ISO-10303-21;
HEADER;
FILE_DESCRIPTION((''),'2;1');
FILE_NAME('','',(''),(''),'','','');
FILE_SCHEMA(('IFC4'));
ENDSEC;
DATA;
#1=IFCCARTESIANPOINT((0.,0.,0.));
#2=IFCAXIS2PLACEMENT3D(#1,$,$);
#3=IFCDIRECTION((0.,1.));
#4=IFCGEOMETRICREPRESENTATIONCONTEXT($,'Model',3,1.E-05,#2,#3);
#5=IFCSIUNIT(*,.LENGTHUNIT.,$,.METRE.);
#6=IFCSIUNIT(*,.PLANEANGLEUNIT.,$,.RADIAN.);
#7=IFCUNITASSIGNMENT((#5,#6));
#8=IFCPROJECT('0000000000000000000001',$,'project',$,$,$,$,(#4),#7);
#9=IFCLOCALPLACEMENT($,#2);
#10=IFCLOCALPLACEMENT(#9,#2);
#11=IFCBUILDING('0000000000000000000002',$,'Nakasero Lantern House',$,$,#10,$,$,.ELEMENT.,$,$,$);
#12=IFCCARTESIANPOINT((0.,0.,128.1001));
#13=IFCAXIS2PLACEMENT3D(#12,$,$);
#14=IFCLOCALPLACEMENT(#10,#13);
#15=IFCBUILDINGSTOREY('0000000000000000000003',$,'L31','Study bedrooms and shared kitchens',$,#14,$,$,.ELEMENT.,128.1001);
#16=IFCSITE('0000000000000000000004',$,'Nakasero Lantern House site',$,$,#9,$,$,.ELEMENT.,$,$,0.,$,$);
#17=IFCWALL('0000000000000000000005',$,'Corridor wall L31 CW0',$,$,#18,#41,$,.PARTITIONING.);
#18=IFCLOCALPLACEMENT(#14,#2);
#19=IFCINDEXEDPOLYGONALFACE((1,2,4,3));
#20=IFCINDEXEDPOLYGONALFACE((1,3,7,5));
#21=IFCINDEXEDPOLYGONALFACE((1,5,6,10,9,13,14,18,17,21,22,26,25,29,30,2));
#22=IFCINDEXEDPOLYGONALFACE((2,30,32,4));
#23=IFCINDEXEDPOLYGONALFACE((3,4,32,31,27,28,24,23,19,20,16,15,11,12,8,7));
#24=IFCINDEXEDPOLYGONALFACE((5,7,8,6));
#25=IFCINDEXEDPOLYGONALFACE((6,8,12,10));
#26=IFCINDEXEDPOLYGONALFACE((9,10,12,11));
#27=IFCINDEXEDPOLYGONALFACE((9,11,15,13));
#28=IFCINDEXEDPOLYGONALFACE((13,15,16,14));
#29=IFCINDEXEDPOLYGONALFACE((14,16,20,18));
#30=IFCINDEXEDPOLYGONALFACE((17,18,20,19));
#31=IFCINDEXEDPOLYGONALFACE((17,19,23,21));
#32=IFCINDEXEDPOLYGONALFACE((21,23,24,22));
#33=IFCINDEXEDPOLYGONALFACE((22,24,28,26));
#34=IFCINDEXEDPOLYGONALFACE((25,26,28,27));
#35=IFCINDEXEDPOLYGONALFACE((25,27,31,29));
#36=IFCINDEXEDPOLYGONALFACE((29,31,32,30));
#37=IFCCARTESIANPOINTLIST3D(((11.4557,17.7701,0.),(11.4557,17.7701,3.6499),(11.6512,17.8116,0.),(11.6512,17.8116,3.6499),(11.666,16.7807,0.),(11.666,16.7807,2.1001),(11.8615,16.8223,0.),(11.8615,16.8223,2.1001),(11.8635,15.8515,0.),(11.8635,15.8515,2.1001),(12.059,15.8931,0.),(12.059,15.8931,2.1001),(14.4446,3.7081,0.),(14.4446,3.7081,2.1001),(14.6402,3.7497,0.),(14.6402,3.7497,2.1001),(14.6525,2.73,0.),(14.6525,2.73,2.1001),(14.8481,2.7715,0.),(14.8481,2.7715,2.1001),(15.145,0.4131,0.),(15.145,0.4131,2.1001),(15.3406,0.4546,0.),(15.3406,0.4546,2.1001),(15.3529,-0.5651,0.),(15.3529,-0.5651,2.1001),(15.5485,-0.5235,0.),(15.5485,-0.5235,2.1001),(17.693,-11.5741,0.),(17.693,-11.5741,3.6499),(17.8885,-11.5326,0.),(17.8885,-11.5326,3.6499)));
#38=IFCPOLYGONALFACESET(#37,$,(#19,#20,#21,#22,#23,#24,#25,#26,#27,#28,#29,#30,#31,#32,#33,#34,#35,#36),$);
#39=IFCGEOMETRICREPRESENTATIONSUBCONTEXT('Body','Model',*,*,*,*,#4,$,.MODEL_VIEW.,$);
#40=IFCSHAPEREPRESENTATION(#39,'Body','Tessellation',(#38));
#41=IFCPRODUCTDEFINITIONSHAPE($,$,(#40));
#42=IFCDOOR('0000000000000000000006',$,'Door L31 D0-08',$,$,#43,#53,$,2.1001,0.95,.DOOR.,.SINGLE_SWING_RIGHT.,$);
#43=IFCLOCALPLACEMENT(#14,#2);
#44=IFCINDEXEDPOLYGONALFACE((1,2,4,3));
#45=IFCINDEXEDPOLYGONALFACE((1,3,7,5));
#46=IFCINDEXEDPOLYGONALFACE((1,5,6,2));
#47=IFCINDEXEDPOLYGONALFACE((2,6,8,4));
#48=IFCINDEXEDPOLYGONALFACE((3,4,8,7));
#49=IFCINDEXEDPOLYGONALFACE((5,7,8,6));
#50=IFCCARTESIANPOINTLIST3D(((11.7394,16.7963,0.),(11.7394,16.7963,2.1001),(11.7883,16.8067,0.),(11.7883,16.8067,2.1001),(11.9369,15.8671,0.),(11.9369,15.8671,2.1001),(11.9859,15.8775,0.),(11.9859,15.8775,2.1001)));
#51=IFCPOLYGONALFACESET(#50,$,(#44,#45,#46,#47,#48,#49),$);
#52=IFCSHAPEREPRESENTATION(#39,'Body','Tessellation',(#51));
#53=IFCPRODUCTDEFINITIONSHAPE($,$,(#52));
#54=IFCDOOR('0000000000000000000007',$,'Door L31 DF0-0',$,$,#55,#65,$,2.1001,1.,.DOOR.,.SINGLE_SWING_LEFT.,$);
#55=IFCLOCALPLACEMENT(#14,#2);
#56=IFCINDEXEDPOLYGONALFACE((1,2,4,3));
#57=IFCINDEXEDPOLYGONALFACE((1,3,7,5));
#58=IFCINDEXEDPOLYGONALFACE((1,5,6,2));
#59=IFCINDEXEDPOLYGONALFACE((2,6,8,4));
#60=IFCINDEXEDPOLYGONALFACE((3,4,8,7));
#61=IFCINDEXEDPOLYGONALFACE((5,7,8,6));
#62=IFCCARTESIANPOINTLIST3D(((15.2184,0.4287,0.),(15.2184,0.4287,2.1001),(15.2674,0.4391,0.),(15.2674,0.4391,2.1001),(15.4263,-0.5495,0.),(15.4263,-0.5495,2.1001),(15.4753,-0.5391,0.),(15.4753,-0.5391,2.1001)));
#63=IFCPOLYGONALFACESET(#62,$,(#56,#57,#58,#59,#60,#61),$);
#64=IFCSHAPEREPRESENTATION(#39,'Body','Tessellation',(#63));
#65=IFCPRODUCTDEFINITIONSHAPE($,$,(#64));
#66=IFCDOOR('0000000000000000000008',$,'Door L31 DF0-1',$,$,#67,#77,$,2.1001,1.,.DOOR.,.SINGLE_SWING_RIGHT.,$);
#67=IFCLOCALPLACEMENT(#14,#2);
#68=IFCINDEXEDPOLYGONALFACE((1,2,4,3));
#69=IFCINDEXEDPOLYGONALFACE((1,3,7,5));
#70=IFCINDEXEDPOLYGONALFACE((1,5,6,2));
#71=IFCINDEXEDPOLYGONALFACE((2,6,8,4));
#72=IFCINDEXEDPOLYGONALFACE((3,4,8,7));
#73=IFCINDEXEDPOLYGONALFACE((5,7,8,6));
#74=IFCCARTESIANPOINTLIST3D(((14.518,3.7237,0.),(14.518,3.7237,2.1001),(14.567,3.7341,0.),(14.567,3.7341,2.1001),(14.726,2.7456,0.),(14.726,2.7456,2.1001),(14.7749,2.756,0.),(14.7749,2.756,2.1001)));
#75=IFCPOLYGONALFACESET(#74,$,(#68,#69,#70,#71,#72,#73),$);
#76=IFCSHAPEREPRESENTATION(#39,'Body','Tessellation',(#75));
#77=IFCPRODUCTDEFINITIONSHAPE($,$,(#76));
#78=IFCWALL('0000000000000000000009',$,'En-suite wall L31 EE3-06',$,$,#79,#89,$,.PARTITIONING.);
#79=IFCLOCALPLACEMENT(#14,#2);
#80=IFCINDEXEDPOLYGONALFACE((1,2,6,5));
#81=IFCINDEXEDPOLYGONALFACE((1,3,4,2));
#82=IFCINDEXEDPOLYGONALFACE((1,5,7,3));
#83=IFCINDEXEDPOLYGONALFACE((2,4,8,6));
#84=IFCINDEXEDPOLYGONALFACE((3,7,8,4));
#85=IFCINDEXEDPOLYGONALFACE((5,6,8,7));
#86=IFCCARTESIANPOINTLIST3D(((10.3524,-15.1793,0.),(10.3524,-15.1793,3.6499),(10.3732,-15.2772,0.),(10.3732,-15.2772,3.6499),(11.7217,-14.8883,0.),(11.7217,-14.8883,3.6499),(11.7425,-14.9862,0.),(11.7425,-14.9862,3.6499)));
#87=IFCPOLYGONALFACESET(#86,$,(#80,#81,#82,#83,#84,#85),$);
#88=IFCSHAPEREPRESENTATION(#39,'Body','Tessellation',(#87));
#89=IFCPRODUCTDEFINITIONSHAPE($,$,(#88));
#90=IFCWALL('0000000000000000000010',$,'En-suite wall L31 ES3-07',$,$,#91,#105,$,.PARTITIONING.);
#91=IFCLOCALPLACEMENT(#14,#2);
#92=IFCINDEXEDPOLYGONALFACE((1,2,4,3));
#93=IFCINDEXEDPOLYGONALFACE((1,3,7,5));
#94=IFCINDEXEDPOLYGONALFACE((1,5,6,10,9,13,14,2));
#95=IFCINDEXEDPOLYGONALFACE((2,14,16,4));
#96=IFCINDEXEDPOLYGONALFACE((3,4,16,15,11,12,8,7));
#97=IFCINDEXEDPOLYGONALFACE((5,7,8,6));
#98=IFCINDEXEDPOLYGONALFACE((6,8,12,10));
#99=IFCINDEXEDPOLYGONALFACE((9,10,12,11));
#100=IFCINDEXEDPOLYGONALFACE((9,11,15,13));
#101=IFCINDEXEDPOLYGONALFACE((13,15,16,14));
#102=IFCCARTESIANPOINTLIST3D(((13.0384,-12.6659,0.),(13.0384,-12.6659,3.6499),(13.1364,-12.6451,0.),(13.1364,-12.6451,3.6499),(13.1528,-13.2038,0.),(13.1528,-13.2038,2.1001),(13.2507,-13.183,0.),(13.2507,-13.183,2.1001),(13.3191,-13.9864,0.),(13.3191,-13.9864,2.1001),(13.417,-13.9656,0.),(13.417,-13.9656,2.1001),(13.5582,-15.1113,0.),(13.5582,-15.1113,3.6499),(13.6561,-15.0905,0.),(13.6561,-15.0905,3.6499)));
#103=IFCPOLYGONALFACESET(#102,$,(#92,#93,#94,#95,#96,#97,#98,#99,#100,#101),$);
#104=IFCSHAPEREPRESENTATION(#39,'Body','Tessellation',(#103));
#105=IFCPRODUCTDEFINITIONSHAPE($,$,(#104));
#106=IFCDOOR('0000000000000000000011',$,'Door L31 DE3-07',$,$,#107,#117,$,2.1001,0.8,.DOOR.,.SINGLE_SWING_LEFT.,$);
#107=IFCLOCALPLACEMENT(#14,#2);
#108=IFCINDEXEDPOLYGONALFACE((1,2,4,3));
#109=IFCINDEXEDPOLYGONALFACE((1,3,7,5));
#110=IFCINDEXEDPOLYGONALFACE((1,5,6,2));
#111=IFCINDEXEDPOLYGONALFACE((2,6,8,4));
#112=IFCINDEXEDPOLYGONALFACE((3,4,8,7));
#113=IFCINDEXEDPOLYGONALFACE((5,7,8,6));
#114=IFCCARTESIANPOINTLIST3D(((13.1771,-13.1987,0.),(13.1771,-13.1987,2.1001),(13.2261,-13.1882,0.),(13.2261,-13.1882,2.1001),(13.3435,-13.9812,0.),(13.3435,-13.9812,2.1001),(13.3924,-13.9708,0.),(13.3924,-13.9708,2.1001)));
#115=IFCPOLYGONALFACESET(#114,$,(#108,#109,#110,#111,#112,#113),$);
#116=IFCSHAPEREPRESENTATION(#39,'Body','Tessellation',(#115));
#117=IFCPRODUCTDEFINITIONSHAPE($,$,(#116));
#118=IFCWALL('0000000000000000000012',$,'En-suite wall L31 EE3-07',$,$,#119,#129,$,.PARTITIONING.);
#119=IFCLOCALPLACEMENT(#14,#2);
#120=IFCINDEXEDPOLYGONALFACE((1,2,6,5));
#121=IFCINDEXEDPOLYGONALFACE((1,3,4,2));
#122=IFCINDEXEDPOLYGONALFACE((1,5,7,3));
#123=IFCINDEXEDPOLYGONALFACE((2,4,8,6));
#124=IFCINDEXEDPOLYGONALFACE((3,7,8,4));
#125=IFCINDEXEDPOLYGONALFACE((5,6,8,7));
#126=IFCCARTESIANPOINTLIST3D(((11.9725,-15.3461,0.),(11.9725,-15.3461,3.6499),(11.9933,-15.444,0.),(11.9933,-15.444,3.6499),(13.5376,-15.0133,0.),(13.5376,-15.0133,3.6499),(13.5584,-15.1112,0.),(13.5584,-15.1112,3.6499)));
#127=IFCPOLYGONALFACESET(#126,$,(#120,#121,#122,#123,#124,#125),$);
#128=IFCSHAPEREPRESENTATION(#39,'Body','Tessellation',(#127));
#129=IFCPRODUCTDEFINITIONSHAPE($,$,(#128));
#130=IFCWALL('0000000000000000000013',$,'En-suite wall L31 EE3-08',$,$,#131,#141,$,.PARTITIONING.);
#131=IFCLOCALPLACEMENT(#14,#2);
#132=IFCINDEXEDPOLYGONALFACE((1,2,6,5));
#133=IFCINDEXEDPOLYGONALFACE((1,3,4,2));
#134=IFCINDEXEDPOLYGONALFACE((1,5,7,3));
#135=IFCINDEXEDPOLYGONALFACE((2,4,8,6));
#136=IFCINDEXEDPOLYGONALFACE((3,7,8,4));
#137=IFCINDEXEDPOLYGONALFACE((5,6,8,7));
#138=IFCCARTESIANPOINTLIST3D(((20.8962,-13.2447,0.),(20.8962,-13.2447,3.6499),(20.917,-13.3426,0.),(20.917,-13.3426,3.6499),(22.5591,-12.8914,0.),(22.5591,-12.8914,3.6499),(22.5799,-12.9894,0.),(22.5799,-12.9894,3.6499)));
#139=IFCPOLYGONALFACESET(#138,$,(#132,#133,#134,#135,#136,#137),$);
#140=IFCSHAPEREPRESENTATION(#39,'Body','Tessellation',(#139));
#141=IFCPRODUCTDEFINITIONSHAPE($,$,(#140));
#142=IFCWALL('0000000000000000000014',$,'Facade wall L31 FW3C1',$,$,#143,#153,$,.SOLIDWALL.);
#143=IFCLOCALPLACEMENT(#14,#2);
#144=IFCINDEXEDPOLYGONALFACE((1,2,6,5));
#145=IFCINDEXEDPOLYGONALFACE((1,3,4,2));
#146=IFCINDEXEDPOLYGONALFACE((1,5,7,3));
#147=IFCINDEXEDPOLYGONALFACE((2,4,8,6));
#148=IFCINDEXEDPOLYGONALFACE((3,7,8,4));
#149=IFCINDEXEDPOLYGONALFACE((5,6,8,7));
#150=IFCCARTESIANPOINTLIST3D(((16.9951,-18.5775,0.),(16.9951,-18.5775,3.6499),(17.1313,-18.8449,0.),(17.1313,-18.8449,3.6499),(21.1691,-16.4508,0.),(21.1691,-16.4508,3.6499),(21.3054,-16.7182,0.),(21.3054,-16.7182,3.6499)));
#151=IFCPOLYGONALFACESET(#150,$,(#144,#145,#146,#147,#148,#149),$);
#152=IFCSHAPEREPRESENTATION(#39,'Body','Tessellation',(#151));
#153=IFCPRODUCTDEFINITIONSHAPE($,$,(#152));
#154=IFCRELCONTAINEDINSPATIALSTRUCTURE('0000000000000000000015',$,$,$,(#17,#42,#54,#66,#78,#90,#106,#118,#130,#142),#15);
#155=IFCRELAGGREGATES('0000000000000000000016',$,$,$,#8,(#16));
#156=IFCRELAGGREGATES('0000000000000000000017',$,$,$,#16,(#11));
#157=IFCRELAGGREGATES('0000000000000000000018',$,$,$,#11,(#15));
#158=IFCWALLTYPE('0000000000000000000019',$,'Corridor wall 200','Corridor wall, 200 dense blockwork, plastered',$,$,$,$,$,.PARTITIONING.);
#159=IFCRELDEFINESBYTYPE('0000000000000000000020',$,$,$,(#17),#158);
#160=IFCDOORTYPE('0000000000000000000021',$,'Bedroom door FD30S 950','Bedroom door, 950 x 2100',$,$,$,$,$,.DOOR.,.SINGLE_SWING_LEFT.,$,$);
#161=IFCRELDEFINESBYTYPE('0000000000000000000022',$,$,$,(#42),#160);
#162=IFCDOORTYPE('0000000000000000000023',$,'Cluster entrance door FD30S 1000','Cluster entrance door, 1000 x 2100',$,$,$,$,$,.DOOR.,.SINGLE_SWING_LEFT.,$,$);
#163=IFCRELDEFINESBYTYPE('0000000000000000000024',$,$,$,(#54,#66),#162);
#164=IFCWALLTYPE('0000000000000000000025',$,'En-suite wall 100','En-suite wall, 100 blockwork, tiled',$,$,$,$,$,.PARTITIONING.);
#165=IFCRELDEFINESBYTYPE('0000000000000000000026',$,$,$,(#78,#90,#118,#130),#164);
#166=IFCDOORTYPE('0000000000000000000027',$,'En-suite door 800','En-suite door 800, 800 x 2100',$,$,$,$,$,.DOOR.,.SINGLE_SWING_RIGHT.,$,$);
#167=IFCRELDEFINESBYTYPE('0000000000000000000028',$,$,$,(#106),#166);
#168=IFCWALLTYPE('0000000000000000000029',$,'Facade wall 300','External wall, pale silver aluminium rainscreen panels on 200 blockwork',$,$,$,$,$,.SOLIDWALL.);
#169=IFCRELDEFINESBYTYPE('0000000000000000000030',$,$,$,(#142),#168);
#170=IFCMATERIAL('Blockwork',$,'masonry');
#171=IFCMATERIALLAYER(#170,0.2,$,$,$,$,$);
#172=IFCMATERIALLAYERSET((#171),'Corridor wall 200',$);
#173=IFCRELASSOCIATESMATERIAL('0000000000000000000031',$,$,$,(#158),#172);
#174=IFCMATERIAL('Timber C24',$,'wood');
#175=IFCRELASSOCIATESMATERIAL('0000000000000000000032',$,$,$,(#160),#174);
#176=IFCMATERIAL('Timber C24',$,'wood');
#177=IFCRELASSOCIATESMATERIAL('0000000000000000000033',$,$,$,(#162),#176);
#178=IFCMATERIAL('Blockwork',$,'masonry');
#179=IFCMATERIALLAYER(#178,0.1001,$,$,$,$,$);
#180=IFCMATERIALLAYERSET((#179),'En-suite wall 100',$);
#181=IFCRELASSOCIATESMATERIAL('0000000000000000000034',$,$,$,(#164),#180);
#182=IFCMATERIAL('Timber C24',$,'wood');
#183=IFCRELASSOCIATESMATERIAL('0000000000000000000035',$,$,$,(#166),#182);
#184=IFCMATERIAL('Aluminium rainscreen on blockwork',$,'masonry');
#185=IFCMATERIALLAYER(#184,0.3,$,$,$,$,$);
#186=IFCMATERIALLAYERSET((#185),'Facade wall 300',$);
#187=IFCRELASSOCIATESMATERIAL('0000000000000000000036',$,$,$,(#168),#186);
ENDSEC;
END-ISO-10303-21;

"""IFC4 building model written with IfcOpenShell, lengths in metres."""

from ifc_helpers import new_model, si_unit, direction, frame, frame_2d, origin, place, context, subcontext, project, spatial, rectangle, extrude, material, layer, layer_set, type_object, element, fill, save


model = new_model("IFC4")

# Units and contexts
model_context = context("Model", 3, precision=1e-05, world=origin(), true_north=direction((0.0, 1.0)))
body_context = subcontext(model_context, "Body", "Model", "MODEL_VIEW")
ifc_project = project(units=[si_unit("LENGTHUNIT", "METRE"), si_unit("PLANEANGLEUNIT", "RADIAN")], contexts=[model_context])

# Site, building, storey
site_placement = place(None, origin())
site = spatial("IfcSite", under=ifc_project, at=site_placement, Name="Nakasero Lantern House site", CompositionType="ELEMENT", RefElevation=0.0)
building_placement = place(site_placement, origin())
building = spatial("IfcBuilding", under=site, at=building_placement, Name="Nakasero Lantern House", CompositionType="ELEMENT")
storey_placement = place(building_placement, frame((0.0, 0.0, 128.1001)))
storey = spatial("IfcBuildingStorey", under=building, at=storey_placement, Name="L31", Description="Study bedrooms and shared kitchens", CompositionType="ELEMENT", Elevation=128.1001)

# Wall, openings, doors
ifc_material_1 = material(Name="Blockwork", Category="masonry")
ifc_layer_1 = layer(ifc_material_1, 0.2)
ifc_layer_set_1 = layer_set([ifc_layer_1], Name="Corridor wall 200")
wall_type_1 = type_object("IfcWallType", Name="Corridor wall 200", Description="Corridor wall, 200 dense blockwork, plastered", PredefinedType="PARTITIONING", material=ifc_layer_set_1)
wall_1_placement = place(storey_placement, frame((17.7908, -11.5535, 0.0), z_axis=(0.0, 0.0, 1.0), x_axis=(-0.207912, 0.978148, 0.0)))
wall_1 = element("IfcWall", 1, at=wall_1_placement, inside=storey, type_object=wall_type_1, Name="Corridor wall L31 CW0", PredefinedType="PARTITIONING", context=body_context, shape_type="SweptSolid", body=[
    extrude(rectangle(XDim=29.9998, YDim=0.2, at=frame_2d((15.0, 0.0))), origin(), (0.0, 0.0, 1.0), 3.6499),
])
opening_1_placement = place(wall_1_placement, frame((11.2551, 0.0, 0.0)))
opening_1 = element("IfcOpeningElement", 2, at=opening_1_placement, cuts=wall_1, PredefinedType="OPENING", context=body_context, shape_type="SweptSolid", body=[
    extrude(rectangle(XDim=1.0, YDim=2.1001, at=frame_2d((0.5, 1.05))), frame((0.0, 0.1199, 0.0), z_axis=(0.0, -1.0, 0.0), x_axis=(1.0, 0.0, 0.0)), (0.0, 0.0, 1.0), 0.24),
])
opening_2_placement = place(wall_1_placement, frame((14.6238, 0.0, 0.0)))
opening_2 = element("IfcOpeningElement", 3, at=opening_2_placement, cuts=wall_1, PredefinedType="OPENING", context=body_context, shape_type="SweptSolid", body=[
    extrude(rectangle(XDim=1.0, YDim=2.1001, at=frame_2d((0.5, 1.05))), frame((0.0, 0.1199, 0.0), z_axis=(0.0, -1.0, 0.0), x_axis=(1.0, 0.0, 0.0)), (0.0, 0.0, 1.0), 0.24),
])
opening_3_placement = place(wall_1_placement, frame((28.0383, 0.0, 0.0)))
opening_3 = element("IfcOpeningElement", 4, at=opening_3_placement, cuts=wall_1, PredefinedType="OPENING", context=body_context, shape_type="SweptSolid", body=[
    extrude(rectangle(XDim=0.95, YDim=2.1001, at=frame_2d((0.4751, 1.05))), frame((0.0, 0.1199, 0.0), z_axis=(0.0, -1.0, 0.0), x_axis=(1.0, 0.0, 0.0)), (0.0, 0.0, 1.0), 0.24),
])
ifc_material_2 = material(Name="Timber C24", Category="wood")
door_type_1 = type_object("IfcDoorType", Name="Bedroom door FD30S 950", Description="Bedroom door, 950 x 2100", OperationType="SINGLE_SWING_LEFT", PredefinedType="DOOR", material=ifc_material_2)
door_1_placement = place(opening_3_placement, origin())
door_1 = element("IfcDoor", 5, at=door_1_placement, inside=storey, type_object=door_type_1, Name="Door L31 D0-08", OperationType="SINGLE_SWING_RIGHT", OverallHeight=2.1001, OverallWidth=0.95, PredefinedType="DOOR", context=body_context, shape_type="SweptSolid", body=[
    extrude(rectangle(XDim=0.95, YDim=2.1001, at=frame_2d((0.4751, 1.05))), frame((0.0, 0.0249, 0.0), z_axis=(0.0, -1.0, 0.0), x_axis=(1.0, 0.0, 0.0)), (0.0, 0.0, 1.0), 0.05),
])
fill(opening_3, door_1)
ifc_material_3 = material(Name="Timber C24", Category="wood")
door_type_2 = type_object("IfcDoorType", Name="Cluster entrance door FD30S 1000", Description="Cluster entrance door, 1000 x 2100", OperationType="SINGLE_SWING_LEFT", PredefinedType="DOOR", material=ifc_material_3)
door_2_placement = place(opening_1_placement, origin())
door_2 = element("IfcDoor", 6, at=door_2_placement, inside=storey, type_object=door_type_2, Name="Door L31 DF0-0", OperationType="SINGLE_SWING_LEFT", OverallHeight=2.1001, OverallWidth=1.0, PredefinedType="DOOR", context=body_context, shape_type="SweptSolid", body=[
    extrude(rectangle(XDim=1.0, YDim=2.1001, at=frame_2d((0.5, 1.05))), frame((0.0, 0.0249, 0.0), z_axis=(0.0, -1.0, 0.0), x_axis=(1.0, 0.0, 0.0)), (0.0, 0.0, 1.0), 0.05),
])
fill(opening_1, door_2)
door_3_placement = place(opening_2_placement, origin())
door_3 = element("IfcDoor", 7, at=door_3_placement, inside=storey, type_object=door_type_2, Name="Door L31 DF0-1", OperationType="SINGLE_SWING_RIGHT", OverallHeight=2.1001, OverallWidth=1.0, PredefinedType="DOOR", context=body_context, shape_type="SweptSolid", body=[
    extrude(rectangle(XDim=1.0, YDim=2.1001, at=frame_2d((0.5, 1.05))), frame((0.0, 0.0249, 0.0), z_axis=(0.0, -1.0, 0.0), x_axis=(1.0, 0.0, 0.0)), (0.0, 0.0, 1.0), 0.05),
])
fill(opening_2, door_3)

# Wall
ifc_material_4 = material(Name="Blockwork", Category="masonry")
ifc_layer_2 = layer(ifc_material_4, 0.1001)
ifc_layer_set_2 = layer_set([ifc_layer_2], Name="En-suite wall 100")
wall_type_2 = type_object("IfcWallType", Name="En-suite wall 100", Description="En-suite wall, 100 blockwork, tiled", PredefinedType="PARTITIONING", material=ifc_layer_set_2)
wall_2_placement = place(storey_placement, frame((10.3628, -15.2283, 0.0), z_axis=(0.0, 0.0, 1.0), x_axis=(0.978156, 0.207873, 0.0)))
element("IfcWall", 8, at=wall_2_placement, inside=storey, type_object=wall_type_2, Name="En-suite wall L31 EE3-06", PredefinedType="PARTITIONING", context=body_context, shape_type="SweptSolid", body=[
    extrude(rectangle(XDim=1.3999, YDim=0.1001, at=frame_2d((0.7, 0.0))), origin(), (0.0, 0.0, 1.0), 3.6499),
])

# Wall, opening, door
wall_3_placement = place(storey_placement, frame((13.0874, -12.6555, 0.0), z_axis=(0.0, 0.0, 1.0), x_axis=(0.207915, -0.978147, 0.0)))
wall_3 = element("IfcWall", 9, at=wall_3_placement, inside=storey, type_object=wall_type_2, Name="En-suite wall L31 ES3-07", PredefinedType="PARTITIONING", context=body_context, shape_type="SweptSolid", body=[
    extrude(rectangle(XDim=2.5, YDim=0.1001, at=frame_2d((1.25, 0.0))), origin(), (0.0, 0.0, 1.0), 3.6499),
])
opening_4_placement = place(wall_3_placement, frame((0.55, 0.0, 0.0)))
opening_4 = element("IfcOpeningElement", 10, at=opening_4_placement, cuts=wall_3, PredefinedType="OPENING", context=body_context, shape_type="SweptSolid", body=[
    extrude(rectangle(XDim=0.8, YDim=2.1001, at=frame_2d((0.3999, 1.05))), frame((0.0, 0.0701, 0.0), z_axis=(0.0, -1.0, 0.0), x_axis=(1.0, 0.0, 0.0)), (0.0, 0.0, 1.0), 0.1401),
])
ifc_material_5 = material(Name="Timber C24", Category="wood")
door_type_3 = type_object("IfcDoorType", Name="En-suite door 800", Description="En-suite door 800, 800 x 2100", OperationType="SINGLE_SWING_RIGHT", PredefinedType="DOOR", material=ifc_material_5)
door_4_placement = place(opening_4_placement, origin())
door_4 = element("IfcDoor", 11, at=door_4_placement, inside=storey, type_object=door_type_3, Name="Door L31 DE3-07", OperationType="SINGLE_SWING_LEFT", OverallHeight=2.1001, OverallWidth=0.8, PredefinedType="DOOR", context=body_context, shape_type="SweptSolid", body=[
    extrude(rectangle(XDim=0.8, YDim=2.1001, at=frame_2d((0.3999, 1.05))), frame((0.0, 0.0249, 0.0), z_axis=(0.0, -1.0, 0.0), x_axis=(1.0, 0.0, 0.0)), (0.0, 0.0, 1.0), 0.05),
])
fill(opening_4, door_4)

# Walls
wall_4_placement = place(storey_placement, frame((11.9829, -15.395, 0.0), z_axis=(0.0, 0.0, 1.0), x_axis=(0.978138, 0.207955, 0.0)))
element("IfcWall", 12, at=wall_4_placement, inside=storey, type_object=wall_type_2, Name="En-suite wall L31 EE3-07", PredefinedType="PARTITIONING", context=body_context, shape_type="SweptSolid", body=[
    extrude(rectangle(XDim=1.6001, YDim=0.1001, at=frame_2d((0.8, 0.0))), origin(), (0.0, 0.0, 1.0), 3.6499),
])
wall_5_placement = place(storey_placement, frame((20.9065, -13.2937, 0.0), z_axis=(0.0, 0.0, 1.0), x_axis=(0.978169, 0.207812, 0.0)))
element("IfcWall", 13, at=wall_5_placement, inside=storey, type_object=wall_type_2, Name="En-suite wall L31 EE3-08", PredefinedType="PARTITIONING", context=body_context, shape_type="SweptSolid", body=[
    extrude(rectangle(XDim=1.7, YDim=0.1001, at=frame_2d((0.8501, 0.0))), origin(), (0.0, 0.0, 1.0), 3.6499),
])
ifc_material_6 = material(Name="Aluminium rainscreen on blockwork", Category="masonry")
ifc_layer_3 = layer(ifc_material_6, 0.3)
ifc_layer_set_3 = layer_set([ifc_layer_3], Name="Facade wall 300")
wall_type_3 = type_object("IfcWallType", Name="Facade wall 300", Description="External wall, pale silver aluminium rainscreen panels on 200 blockwork", PredefinedType="SOLIDWALL", material=ifc_layer_set_3)
wall_6_placement = place(storey_placement, frame((17.0632, -18.7112, 0.0), z_axis=(0.0, 0.0, 1.0), x_axis=(0.891014, 0.453976, 0.0)))
element("IfcWall", 14, at=wall_6_placement, inside=storey, type_object=wall_type_3, Name="Facade wall L31 FW3C1", PredefinedType="SOLIDWALL", context=body_context, shape_type="SweptSolid", body=[
    extrude(rectangle(XDim=4.6846, YDim=0.3, at=frame_2d((2.3423, 0.0))), origin(), (0.0, 0.0, 1.0), 3.6499),
])

save(model, "model.ifc")
